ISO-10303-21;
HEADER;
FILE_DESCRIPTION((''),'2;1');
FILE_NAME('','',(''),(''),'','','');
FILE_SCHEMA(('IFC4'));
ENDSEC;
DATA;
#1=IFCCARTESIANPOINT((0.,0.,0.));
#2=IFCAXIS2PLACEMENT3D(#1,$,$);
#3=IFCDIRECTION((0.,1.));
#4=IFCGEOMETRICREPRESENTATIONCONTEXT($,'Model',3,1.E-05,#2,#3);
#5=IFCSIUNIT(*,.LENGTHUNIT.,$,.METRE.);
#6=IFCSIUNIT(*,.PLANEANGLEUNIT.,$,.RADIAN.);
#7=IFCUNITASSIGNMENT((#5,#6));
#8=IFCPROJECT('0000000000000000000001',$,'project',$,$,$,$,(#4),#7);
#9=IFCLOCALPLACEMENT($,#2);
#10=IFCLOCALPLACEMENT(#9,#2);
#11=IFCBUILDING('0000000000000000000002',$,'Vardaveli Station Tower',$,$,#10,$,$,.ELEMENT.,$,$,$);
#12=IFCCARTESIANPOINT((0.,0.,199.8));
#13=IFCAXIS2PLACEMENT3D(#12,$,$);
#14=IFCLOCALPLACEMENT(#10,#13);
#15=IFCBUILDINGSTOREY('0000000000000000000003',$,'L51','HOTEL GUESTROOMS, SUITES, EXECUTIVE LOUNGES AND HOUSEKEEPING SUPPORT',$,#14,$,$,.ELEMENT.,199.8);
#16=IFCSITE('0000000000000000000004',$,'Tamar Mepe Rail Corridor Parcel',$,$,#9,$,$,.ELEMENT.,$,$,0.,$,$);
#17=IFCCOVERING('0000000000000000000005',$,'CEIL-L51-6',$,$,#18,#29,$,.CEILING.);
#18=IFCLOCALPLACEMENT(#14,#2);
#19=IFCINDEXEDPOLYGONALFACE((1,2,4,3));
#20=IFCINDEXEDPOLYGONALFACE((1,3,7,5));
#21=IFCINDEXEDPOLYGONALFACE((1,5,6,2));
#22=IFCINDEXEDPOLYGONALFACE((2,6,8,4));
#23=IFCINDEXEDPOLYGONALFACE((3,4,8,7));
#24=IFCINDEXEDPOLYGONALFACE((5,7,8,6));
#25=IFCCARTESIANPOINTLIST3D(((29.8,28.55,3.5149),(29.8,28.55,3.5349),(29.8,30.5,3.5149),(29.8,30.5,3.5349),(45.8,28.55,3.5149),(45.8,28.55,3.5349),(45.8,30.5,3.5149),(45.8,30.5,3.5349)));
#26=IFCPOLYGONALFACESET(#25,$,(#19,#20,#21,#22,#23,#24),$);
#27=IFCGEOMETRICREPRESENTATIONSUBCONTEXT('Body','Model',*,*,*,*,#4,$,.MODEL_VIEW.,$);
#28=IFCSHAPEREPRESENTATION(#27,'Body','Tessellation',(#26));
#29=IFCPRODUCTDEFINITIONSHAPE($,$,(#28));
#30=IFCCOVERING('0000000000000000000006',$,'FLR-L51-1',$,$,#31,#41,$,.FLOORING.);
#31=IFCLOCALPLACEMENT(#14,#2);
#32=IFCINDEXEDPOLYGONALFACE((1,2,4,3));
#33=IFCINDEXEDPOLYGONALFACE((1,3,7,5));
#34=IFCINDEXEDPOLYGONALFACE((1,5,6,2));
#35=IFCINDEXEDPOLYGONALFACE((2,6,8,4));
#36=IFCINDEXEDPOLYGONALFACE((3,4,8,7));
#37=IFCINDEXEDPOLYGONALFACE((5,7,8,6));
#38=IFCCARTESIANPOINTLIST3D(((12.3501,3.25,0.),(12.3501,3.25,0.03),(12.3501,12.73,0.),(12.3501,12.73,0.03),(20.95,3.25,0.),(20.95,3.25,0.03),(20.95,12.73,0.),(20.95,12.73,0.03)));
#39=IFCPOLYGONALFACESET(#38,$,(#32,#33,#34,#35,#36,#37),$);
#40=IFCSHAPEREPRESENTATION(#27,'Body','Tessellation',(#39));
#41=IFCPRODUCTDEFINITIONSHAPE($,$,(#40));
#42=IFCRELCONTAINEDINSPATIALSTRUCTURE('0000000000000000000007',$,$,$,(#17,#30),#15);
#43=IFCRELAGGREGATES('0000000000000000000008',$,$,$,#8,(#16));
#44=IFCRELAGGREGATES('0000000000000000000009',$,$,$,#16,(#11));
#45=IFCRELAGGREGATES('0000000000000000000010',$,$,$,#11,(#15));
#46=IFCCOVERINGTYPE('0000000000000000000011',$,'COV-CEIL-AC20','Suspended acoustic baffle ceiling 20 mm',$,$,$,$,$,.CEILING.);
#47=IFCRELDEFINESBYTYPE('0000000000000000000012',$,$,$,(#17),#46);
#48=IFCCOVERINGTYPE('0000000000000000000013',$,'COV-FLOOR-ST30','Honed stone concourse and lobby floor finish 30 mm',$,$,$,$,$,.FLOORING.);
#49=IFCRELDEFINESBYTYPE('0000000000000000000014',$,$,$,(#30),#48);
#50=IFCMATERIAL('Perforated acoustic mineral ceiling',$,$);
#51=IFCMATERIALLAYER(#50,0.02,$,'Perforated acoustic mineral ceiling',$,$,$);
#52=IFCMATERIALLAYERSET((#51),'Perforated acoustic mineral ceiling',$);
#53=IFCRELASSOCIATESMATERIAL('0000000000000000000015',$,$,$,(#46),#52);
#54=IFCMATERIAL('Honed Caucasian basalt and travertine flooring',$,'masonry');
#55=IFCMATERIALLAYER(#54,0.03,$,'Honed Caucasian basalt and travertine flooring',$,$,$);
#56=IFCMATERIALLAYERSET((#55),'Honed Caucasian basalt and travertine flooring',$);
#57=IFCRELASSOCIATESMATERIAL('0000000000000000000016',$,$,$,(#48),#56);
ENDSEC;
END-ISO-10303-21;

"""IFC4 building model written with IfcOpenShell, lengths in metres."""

from ifc_helpers import new_model, si_unit, direction, frame, origin, place, context, subcontext, project, spatial, polyline, outline, extrude, material, layer, layer_set, type_object, element, save


model = new_model("IFC4")

# Units and contexts
model_context = context("Model", 3, precision=1e-05, world=origin(), true_north=direction((0.0, 1.0)))
body_context = subcontext(model_context, "Body", "Model", "MODEL_VIEW")
ifc_project = project(units=[si_unit("LENGTHUNIT", "METRE"), si_unit("PLANEANGLEUNIT", "RADIAN")], contexts=[model_context])

# Site, building, storey
site_placement = place(None, origin())
site = spatial("IfcSite", under=ifc_project, at=site_placement, Name="Tamar Mepe Rail Corridor Parcel", CompositionType="ELEMENT", RefElevation=0.0)
building_placement = place(site_placement, origin())
building = spatial("IfcBuilding", under=site, at=building_placement, Name="Vardaveli Station Tower", CompositionType="ELEMENT")
storey_placement = place(building_placement, frame((0.0, 0.0, 199.8)))
storey = spatial("IfcBuildingStorey", under=building, at=storey_placement, Name="L51", Description="HOTEL GUESTROOMS, SUITES, EXECUTIVE LOUNGES AND HOUSEKEEPING SUPPORT", CompositionType="ELEMENT", Elevation=199.8)

# Coverings
ifc_material_1 = material(Name="Perforated acoustic mineral ceiling")
ifc_layer_1 = layer(ifc_material_1, 0.02, Name="Perforated acoustic mineral ceiling")
ifc_layer_set_1 = layer_set([ifc_layer_1], Name="Perforated acoustic mineral ceiling")
covering_type_1 = type_object("IfcCoveringType", Name="COV-CEIL-AC20", Description="Suspended acoustic baffle ceiling 20 mm", PredefinedType="CEILING", material=ifc_layer_set_1)
covering_1_placement = place(storey_placement, frame((0.0, 0.0, 3.5149)))
element("IfcCovering", 1, at=covering_1_placement, inside=storey, type_object=covering_type_1, Name="CEIL-L51-6", PredefinedType="CEILING", context=body_context, shape_type="SweptSolid", body=[
    extrude(outline(polyline([(29.8, 28.55), (45.8, 28.55), (45.8, 30.5), (29.8, 30.5), (29.8, 28.55)])), origin(), (0.0, 0.0, 1.0), 0.02),
])
ifc_material_2 = material(Name="Honed Caucasian basalt and travertine flooring", Category="masonry")
ifc_layer_2 = layer(ifc_material_2, 0.03, Name="Honed Caucasian basalt and travertine flooring")
ifc_layer_set_2 = layer_set([ifc_layer_2], Name="Honed Caucasian basalt and travertine flooring")
covering_type_2 = type_object("IfcCoveringType", Name="COV-FLOOR-ST30", Description="Honed stone concourse and lobby floor finish 30 mm", PredefinedType="FLOORING", material=ifc_layer_set_2)
covering_2_placement = place(storey_placement, origin())
element("IfcCovering", 2, at=covering_2_placement, inside=storey, type_object=covering_type_2, Name="FLR-L51-1", PredefinedType="FLOORING", context=body_context, shape_type="SweptSolid", body=[
    extrude(outline(polyline([(12.3501, 3.25), (20.95, 3.25), (20.95, 12.73), (12.3501, 12.73), (12.3501, 3.25)])), origin(), (0.0, 0.0, 1.0), 0.03),
])

save(model, "model.ifc")
